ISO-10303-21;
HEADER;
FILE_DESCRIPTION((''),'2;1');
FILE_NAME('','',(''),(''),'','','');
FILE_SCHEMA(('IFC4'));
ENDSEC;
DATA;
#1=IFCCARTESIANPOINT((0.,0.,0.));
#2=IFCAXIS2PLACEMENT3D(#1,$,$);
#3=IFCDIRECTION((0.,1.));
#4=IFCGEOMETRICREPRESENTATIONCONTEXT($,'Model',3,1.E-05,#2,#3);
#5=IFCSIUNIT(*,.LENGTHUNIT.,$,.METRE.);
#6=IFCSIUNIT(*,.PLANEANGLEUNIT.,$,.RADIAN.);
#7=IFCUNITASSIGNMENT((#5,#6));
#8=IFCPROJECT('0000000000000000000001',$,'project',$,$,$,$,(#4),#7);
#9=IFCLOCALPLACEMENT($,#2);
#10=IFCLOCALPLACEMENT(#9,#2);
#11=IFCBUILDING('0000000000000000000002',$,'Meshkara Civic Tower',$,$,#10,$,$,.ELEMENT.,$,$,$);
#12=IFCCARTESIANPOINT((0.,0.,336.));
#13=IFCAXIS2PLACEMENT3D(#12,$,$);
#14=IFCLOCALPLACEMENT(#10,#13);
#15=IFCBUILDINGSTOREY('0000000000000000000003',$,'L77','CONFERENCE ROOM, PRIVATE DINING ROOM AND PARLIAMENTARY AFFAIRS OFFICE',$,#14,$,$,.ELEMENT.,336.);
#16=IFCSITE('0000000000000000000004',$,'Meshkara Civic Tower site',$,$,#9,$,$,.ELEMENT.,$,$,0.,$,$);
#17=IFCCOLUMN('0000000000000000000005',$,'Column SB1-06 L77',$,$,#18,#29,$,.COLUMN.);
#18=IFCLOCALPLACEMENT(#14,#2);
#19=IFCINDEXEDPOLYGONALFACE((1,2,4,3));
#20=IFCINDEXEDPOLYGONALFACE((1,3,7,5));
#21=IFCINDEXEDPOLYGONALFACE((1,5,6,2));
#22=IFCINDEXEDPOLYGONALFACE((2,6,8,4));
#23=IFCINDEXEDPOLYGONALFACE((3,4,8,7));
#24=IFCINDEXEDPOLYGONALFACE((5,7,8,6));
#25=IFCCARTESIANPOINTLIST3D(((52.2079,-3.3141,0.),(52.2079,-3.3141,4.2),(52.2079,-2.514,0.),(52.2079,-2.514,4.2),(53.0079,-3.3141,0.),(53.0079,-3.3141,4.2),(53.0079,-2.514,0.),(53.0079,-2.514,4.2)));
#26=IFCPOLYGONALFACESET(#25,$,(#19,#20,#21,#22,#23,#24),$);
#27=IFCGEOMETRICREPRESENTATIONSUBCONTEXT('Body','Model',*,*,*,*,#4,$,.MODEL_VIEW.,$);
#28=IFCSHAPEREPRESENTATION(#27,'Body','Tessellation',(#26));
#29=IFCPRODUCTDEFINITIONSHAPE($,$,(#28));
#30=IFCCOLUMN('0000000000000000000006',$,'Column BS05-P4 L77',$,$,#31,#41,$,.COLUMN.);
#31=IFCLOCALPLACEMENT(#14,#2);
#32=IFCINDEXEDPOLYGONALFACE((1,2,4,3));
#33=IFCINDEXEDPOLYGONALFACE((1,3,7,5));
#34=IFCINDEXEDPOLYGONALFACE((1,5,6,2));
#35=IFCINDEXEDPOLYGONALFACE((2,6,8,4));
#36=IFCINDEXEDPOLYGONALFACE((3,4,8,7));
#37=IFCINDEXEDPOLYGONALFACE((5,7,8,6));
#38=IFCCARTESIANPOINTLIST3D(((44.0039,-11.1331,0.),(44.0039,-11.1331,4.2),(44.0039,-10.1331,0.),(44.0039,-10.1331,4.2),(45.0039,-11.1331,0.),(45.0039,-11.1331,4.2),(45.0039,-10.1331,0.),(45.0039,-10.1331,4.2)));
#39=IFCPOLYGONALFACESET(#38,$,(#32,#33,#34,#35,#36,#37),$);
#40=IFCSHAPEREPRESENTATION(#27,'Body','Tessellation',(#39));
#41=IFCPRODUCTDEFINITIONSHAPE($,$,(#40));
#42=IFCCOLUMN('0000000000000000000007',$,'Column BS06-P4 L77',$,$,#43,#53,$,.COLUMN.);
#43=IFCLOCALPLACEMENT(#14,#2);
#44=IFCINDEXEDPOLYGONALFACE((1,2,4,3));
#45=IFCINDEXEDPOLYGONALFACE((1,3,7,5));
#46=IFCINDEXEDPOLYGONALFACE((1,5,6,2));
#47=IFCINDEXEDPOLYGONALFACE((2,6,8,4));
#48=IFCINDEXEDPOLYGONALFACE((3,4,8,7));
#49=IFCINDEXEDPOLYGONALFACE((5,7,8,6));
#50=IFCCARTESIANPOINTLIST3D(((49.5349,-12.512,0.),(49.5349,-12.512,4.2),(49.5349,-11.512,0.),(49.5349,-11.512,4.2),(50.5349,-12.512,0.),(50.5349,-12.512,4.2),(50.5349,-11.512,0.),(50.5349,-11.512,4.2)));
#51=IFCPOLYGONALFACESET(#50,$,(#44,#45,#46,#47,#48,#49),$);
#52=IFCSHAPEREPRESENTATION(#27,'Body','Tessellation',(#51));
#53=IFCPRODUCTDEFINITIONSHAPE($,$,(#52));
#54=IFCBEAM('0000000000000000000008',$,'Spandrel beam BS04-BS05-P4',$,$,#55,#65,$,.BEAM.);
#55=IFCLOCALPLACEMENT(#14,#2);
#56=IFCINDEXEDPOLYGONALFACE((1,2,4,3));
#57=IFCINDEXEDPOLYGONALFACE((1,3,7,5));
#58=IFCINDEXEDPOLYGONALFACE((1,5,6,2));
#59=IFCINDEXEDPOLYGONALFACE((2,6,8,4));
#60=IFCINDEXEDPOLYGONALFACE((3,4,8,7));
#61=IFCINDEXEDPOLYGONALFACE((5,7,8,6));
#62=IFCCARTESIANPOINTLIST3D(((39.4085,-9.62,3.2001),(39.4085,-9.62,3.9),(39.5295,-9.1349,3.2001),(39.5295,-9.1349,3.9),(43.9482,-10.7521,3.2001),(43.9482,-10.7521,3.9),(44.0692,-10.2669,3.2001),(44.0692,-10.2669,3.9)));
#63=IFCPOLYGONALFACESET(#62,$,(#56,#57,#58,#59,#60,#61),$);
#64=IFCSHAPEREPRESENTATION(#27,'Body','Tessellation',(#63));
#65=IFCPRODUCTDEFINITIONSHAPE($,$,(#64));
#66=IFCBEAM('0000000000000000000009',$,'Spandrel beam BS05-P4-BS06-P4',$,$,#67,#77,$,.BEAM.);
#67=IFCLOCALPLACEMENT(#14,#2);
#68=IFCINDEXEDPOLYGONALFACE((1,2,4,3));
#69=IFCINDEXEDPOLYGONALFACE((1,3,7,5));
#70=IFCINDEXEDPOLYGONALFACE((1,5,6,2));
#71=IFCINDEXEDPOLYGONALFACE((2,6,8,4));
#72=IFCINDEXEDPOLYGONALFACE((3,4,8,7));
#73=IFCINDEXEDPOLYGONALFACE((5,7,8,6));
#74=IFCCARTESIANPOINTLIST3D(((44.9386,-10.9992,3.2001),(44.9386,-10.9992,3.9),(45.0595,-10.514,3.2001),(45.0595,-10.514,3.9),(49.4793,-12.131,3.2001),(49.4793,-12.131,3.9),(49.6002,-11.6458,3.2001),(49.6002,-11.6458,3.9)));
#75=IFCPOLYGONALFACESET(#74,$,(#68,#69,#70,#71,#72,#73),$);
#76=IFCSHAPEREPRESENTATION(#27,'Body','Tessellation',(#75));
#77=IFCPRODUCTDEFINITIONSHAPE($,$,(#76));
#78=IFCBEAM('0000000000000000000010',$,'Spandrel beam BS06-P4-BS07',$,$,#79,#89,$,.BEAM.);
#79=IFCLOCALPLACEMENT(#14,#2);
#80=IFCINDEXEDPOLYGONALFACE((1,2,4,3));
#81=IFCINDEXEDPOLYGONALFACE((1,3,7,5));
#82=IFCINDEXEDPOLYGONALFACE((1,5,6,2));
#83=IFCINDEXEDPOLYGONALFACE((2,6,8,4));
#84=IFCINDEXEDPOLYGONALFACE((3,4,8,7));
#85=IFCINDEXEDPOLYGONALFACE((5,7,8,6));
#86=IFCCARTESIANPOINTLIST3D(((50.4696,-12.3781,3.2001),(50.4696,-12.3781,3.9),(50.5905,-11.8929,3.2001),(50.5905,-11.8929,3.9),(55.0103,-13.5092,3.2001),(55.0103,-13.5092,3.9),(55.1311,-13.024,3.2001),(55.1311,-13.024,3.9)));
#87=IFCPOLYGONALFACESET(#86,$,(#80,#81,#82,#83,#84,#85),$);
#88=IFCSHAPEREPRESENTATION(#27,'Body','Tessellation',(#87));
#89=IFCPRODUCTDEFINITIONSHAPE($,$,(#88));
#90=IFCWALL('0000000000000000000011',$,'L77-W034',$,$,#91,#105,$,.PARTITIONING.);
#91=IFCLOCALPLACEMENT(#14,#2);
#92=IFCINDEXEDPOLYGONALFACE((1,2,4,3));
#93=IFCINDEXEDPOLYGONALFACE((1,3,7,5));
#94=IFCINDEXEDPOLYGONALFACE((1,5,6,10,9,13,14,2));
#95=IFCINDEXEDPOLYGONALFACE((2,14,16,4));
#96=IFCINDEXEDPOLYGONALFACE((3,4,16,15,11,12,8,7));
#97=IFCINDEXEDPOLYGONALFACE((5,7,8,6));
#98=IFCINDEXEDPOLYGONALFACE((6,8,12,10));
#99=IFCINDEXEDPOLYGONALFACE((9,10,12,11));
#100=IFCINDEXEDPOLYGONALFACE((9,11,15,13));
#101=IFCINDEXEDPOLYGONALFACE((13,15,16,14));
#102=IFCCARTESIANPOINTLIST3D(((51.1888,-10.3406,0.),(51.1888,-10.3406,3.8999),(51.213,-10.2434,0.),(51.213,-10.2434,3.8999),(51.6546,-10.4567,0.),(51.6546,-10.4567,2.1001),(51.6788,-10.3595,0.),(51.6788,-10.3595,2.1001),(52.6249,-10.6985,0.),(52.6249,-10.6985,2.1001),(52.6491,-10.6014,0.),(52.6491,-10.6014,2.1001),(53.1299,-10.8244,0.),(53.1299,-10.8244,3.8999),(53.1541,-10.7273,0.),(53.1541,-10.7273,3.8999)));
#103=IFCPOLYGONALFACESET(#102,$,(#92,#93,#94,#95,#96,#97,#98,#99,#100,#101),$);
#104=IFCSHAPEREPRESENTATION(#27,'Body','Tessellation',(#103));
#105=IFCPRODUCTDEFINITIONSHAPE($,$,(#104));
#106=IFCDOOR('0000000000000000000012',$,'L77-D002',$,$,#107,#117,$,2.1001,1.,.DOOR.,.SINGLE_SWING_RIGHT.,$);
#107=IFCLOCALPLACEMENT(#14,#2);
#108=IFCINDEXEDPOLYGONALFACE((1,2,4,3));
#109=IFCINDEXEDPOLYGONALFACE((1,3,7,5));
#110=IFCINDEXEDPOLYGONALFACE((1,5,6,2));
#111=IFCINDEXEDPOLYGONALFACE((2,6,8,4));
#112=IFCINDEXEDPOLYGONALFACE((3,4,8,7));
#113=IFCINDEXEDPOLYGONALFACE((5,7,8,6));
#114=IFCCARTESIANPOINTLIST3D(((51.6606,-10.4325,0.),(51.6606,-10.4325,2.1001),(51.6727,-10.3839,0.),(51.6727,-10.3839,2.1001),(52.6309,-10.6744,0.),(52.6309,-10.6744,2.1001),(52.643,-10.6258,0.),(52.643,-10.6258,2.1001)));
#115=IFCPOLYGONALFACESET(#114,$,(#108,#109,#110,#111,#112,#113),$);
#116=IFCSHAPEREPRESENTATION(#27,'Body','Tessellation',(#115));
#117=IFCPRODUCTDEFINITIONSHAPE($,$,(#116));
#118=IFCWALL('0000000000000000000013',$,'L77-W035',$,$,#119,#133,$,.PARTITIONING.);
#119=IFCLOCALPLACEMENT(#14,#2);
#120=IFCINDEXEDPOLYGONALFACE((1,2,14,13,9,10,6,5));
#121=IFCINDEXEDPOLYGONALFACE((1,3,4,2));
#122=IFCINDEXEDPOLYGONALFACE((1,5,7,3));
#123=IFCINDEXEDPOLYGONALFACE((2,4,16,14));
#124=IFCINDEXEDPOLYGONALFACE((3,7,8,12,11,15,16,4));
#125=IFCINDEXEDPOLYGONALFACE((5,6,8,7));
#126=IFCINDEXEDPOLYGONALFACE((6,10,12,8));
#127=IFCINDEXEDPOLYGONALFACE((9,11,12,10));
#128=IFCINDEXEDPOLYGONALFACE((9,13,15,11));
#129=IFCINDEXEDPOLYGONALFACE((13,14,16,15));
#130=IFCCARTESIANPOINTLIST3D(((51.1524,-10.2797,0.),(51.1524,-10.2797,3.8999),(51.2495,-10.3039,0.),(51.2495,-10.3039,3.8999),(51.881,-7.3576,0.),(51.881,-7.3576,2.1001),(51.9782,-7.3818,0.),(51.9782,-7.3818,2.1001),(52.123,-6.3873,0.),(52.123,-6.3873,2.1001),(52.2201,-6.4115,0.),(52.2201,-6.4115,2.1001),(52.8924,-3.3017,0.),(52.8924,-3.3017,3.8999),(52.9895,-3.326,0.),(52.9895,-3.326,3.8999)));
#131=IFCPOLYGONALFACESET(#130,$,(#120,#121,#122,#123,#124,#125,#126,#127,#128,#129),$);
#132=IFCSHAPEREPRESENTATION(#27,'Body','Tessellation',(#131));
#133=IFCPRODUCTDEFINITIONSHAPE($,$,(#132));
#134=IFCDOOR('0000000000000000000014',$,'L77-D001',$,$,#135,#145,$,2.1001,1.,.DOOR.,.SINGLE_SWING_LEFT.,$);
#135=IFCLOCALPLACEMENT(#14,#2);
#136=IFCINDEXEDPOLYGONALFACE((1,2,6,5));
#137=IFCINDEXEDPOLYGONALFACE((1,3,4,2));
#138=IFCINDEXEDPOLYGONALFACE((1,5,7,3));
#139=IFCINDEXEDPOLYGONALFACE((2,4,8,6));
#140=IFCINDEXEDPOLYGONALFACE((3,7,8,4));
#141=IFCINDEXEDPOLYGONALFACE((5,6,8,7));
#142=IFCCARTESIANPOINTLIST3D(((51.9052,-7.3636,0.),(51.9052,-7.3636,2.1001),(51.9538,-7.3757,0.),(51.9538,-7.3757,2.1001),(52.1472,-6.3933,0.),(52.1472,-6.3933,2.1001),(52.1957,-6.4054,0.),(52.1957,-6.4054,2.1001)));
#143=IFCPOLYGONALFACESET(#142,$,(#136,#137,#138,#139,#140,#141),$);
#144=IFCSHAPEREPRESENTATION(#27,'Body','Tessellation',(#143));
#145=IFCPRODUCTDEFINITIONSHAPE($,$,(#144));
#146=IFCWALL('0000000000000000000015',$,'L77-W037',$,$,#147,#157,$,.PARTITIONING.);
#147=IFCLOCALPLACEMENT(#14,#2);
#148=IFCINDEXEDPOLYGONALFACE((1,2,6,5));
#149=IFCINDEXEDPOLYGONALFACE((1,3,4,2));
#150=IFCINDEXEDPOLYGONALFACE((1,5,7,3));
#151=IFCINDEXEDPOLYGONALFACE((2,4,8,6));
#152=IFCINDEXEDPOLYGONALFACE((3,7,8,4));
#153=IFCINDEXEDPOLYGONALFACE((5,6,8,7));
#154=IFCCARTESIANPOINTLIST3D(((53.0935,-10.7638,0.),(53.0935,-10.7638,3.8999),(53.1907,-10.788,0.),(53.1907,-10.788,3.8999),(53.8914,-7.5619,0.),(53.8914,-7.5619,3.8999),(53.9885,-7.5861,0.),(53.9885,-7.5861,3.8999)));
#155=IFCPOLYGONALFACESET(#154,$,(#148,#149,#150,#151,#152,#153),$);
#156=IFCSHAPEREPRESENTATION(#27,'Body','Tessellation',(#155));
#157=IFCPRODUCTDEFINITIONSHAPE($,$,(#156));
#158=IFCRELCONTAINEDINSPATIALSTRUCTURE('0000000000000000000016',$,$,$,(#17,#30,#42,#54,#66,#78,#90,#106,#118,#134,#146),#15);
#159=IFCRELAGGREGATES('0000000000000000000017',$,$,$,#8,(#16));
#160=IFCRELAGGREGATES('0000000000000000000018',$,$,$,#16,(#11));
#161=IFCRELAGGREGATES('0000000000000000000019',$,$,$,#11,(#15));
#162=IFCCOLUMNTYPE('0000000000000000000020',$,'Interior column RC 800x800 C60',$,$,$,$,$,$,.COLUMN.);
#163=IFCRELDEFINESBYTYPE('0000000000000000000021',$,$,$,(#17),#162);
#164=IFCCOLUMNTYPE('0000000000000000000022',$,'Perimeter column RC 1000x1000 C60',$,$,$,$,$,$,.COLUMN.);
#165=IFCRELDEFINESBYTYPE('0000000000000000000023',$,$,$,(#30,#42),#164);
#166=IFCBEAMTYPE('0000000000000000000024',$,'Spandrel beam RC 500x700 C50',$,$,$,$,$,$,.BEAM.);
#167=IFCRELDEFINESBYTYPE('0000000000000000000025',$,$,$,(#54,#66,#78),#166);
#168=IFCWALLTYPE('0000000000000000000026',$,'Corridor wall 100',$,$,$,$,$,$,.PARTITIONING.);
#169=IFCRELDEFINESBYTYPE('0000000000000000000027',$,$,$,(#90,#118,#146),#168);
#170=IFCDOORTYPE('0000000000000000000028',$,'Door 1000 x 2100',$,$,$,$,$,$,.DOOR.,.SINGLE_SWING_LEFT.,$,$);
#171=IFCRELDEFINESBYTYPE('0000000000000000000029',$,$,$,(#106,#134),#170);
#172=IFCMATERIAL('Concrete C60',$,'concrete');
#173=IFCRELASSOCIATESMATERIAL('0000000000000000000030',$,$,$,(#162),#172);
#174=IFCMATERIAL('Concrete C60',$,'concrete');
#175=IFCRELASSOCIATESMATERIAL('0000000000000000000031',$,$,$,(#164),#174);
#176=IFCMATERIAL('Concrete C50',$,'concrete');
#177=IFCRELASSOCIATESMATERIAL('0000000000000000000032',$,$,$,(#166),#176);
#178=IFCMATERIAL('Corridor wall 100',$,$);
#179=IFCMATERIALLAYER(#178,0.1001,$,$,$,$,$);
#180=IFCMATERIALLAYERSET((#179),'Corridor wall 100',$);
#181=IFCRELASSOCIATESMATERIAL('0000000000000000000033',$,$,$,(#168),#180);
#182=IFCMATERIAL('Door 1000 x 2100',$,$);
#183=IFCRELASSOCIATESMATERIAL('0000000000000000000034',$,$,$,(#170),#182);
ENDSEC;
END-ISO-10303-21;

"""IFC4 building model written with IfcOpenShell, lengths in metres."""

from ifc_helpers import new_model, si_unit, direction, frame, frame_2d, origin, origin_2d, place, context, subcontext, project, spatial, rectangle, extrude, material, layer, layer_set, material_profile, profile_set, type_object, element, fill, save


model = new_model("IFC4")

# Units and contexts
model_context = context("Model", 3, precision=1e-05, world=origin(), true_north=direction((0.0, 1.0)))
body_context = subcontext(model_context, "Body", "Model", "MODEL_VIEW")
ifc_project = project(units=[si_unit("LENGTHUNIT", "METRE"), si_unit("PLANEANGLEUNIT", "RADIAN")], contexts=[model_context])

# Site, building, storey
site_placement = place(None, origin())
site = spatial("IfcSite", under=ifc_project, at=site_placement, Name="Meshkara Civic Tower site", CompositionType="ELEMENT", RefElevation=0.0)
building_placement = place(site_placement, origin())
building = spatial("IfcBuilding", under=site, at=building_placement, Name="Meshkara Civic Tower", CompositionType="ELEMENT")
storey_placement = place(building_placement, frame((0.0, 0.0, 336.0)))
storey = spatial("IfcBuildingStorey", under=building, at=storey_placement, Name="L77", Description="CONFERENCE ROOM, PRIVATE DINING ROOM AND PARLIAMENTARY AFFAIRS OFFICE", CompositionType="ELEMENT", Elevation=336.0)

# Columns
ifc_material_1 = material(Name="Concrete C60", Category="concrete")
ifc_material_profile_1 = material_profile(ifc_material_1, rectangle(XDim=0.8, YDim=0.8, at=origin_2d()))
ifc_profile_set_1 = profile_set([ifc_material_profile_1], Name="Concrete C60")
column_type_1 = type_object("IfcColumnType", Name="Interior column RC 800x800 C60", PredefinedType="COLUMN", material=ifc_profile_set_1)
column_placement = place(storey_placement, frame((52.6079, -2.9141, 0.0), z_axis=(0.0, 0.0, 1.0), x_axis=(1.0, 0.0, 0.0)))
element("IfcColumn", 1, at=column_placement, inside=storey, type_object=column_type_1, Name="Column SB1-06 L77", PredefinedType="COLUMN", context=body_context, shape_type="SweptSolid", body=[
    extrude(rectangle(XDim=0.8, YDim=0.8, at=origin_2d()), origin(), (0.0, 0.0, 1.0), 4.2),
])
ifc_material_2 = material(Name="Concrete C60", Category="concrete")
ifc_material_profile_2 = material_profile(ifc_material_2, rectangle(XDim=1.0, YDim=1.0, at=origin_2d()))
ifc_profile_set_2 = profile_set([ifc_material_profile_2], Name="Concrete C60")
column_type_2 = type_object("IfcColumnType", Name="Perimeter column RC 1000x1000 C60", PredefinedType="COLUMN", material=ifc_profile_set_2)
for number, where, z_axis, x_axis, name in (
    (2, (44.5039, -10.6331, 0.0), (0.0, 0.0, 1.0), (1.0, 0.0, 0.0), "Column BS05-P4 L77"),
    (3, (50.0349, -12.012, 0.0), (0.0, 0.0, 1.0), (1.0, 0.0, 0.0), "Column BS06-P4 L77"),
):
    element("IfcColumn", number, at=place(storey_placement, frame(where, z_axis=z_axis, x_axis=x_axis)), inside=storey, type_object=column_type_2, Name=name, PredefinedType="COLUMN", context=body_context, shape_type="SweptSolid", body=[
        extrude(rectangle(XDim=1.0, YDim=1.0, at=origin_2d()), origin(), (0.0, 0.0, 1.0), 4.2),
    ])

# Beams
ifc_material_3 = material(Name="Concrete C50", Category="concrete")
ifc_material_profile_3 = material_profile(ifc_material_3, rectangle(XDim=0.5, YDim=0.7, at=origin_2d()))
ifc_profile_set_3 = profile_set([ifc_material_profile_3], Name="Concrete C50")
beam_type = type_object("IfcBeamType", Name="Spandrel beam RC 500x700 C50", PredefinedType="BEAM", material=ifc_profile_set_3)
beam_1_placement = place(storey_placement, frame((39.469, -9.3774, 3.55), z_axis=(0.970287, -0.241959, 0.0), x_axis=(0.241959, 0.970287, 0.0)))
element("IfcBeam", 4, at=beam_1_placement, inside=storey, type_object=beam_type, Name="Spandrel beam BS04-BS05-P4", PredefinedType="BEAM", context=body_context, shape_type="SweptSolid", body=[
    extrude(rectangle(XDim=0.5, YDim=0.7, at=origin_2d()), origin(), (0.0, 0.0, 1.0), 4.6787),
])
beam_2_placement = place(storey_placement, frame((44.999, -10.7566, 3.55), z_axis=(0.970311, -0.24186, 0.0), x_axis=(0.24186, 0.970311, 0.0)))
element("IfcBeam", 5, at=beam_2_placement, inside=storey, type_object=beam_type, Name="Spandrel beam BS05-P4-BS06-P4", PredefinedType="BEAM", context=body_context, shape_type="SweptSolid", body=[
    extrude(rectangle(XDim=0.5, YDim=0.7, at=origin_2d()), origin(), (0.0, 0.0, 1.0), 4.6797),
])
beam_3_placement = place(storey_placement, frame((50.53, -12.1355, 3.55), z_axis=(0.970348, -0.241713, 0.0), x_axis=(0.241713, 0.970348, 0.0)))
element("IfcBeam", 6, at=beam_3_placement, inside=storey, type_object=beam_type, Name="Spandrel beam BS06-P4-BS07", PredefinedType="BEAM", context=body_context, shape_type="SweptSolid", body=[
    extrude(rectangle(XDim=0.5, YDim=0.7, at=origin_2d()), origin(), (0.0, 0.0, 1.0), 4.6794),
])

# Walls, openings, doors
ifc_material_4 = material(Name="Corridor wall 100")
ifc_layer_1 = layer(ifc_material_4, 0.1001)
ifc_layer_set_1 = layer_set([ifc_layer_1], Name="Corridor wall 100")
wall_type_1 = type_object("IfcWallType", Name="Corridor wall 100", PredefinedType="PARTITIONING", material=ifc_layer_set_1)
wall_1_placement = place(storey_placement, frame((51.2009, -10.292, 0.0), z_axis=(0.0, 0.0, 1.0), x_axis=(0.970307, -0.241875, 0.0)))
wall_1 = element("IfcWall", 7, at=wall_1_placement, inside=storey, type_object=wall_type_1, Name="L77-W034", PredefinedType="PARTITIONING", context=body_context, shape_type="SweptSolid", body=[
    extrude(rectangle(XDim=2.0005, YDim=0.1001, at=frame_2d((1.0002, 0.0))), origin(), (0.0, 0.0, 1.0), 3.8999),
])
opening_1_placement = place(wall_1_placement, frame((0.48, 0.0, 0.0)))
opening_1 = element("IfcOpeningElement", 8, at=opening_1_placement, cuts=wall_1, PredefinedType="OPENING", context=body_context, shape_type="SweptSolid", body=[
    extrude(rectangle(XDim=1.0, YDim=2.1001, at=frame_2d((0.5, 1.05))), frame((0.0, 0.0601, 0.0), z_axis=(0.0, -1.0, 0.0), x_axis=(1.0, 0.0, 0.0)), (0.0, 0.0, 1.0), 0.1201),
])
ifc_material_5 = material(Name="Door 1000 x 2100")
door_type_1 = type_object("IfcDoorType", Name="Door 1000 x 2100", OperationType="SINGLE_SWING_LEFT", PredefinedType="DOOR", material=ifc_material_5)
door_1_placement = place(opening_1_placement, origin())
door_1 = element("IfcDoor", 9, at=door_1_placement, inside=storey, type_object=door_type_1, Name="L77-D002", OperationType="SINGLE_SWING_RIGHT", OverallHeight=2.1001, OverallWidth=1.0, PredefinedType="DOOR", context=body_context, shape_type="SweptSolid", body=[
    extrude(rectangle(XDim=1.0, YDim=2.1001, at=frame_2d((0.5, 1.05))), frame((0.0, 0.0249, 0.0), z_axis=(0.0, -1.0, 0.0), x_axis=(1.0, 0.0, 0.0)), (0.0, 0.0, 1.0), 0.05),
])
fill(opening_1, door_1)
wall_2_placement = place(storey_placement, frame((52.9409, -3.314, 0.0), z_axis=(0.0, 0.0, 1.0), x_axis=(-0.241944, -0.97029, 0.0)))
wall_2 = element("IfcWall", 10, at=wall_2_placement, inside=storey, type_object=wall_type_1, Name="L77-W035", PredefinedType="PARTITIONING", context=body_context, shape_type="SweptSolid", body=[
    extrude(rectangle(XDim=7.1917, YDim=0.1001, at=frame_2d((3.5957, 0.0))), origin(), (0.0, 0.0, 1.0), 3.8999),
])
opening_2_placement = place(wall_2_placement, frame((3.1799, 0.0, 0.0)))
opening_2 = element("IfcOpeningElement", 11, at=opening_2_placement, cuts=wall_2, PredefinedType="OPENING", context=body_context, shape_type="SweptSolid", body=[
    extrude(rectangle(XDim=1.0, YDim=2.1001, at=frame_2d((0.5, 1.05))), frame((0.0, 0.0601, 0.0), z_axis=(0.0, -1.0, 0.0), x_axis=(1.0, 0.0, 0.0)), (0.0, 0.0, 1.0), 0.1201),
])
door_2_placement = place(opening_2_placement, origin())
door_2 = element("IfcDoor", 12, at=door_2_placement, inside=storey, type_object=door_type_1, Name="L77-D001", OperationType="SINGLE_SWING_LEFT", OverallHeight=2.1001, OverallWidth=1.0, PredefinedType="DOOR", context=body_context, shape_type="SweptSolid", body=[
    extrude(rectangle(XDim=1.0, YDim=2.1001, at=frame_2d((0.5, 1.05))), frame((0.0, 0.0249, 0.0), z_axis=(0.0, -1.0, 0.0), x_axis=(1.0, 0.0, 0.0)), (0.0, 0.0, 1.0), 0.05),
])
fill(opening_2, door_2)

# Wall
wall_3_placement = place(storey_placement, frame((53.1421, -10.7759, 0.0), z_axis=(0.0, 0.0, 1.0), x_axis=(0.241787, 0.970329, 0.0)))
element("IfcWall", 13, at=wall_3_placement, inside=storey, type_object=wall_type_1, Name="L77-W037", PredefinedType="PARTITIONING", context=body_context, shape_type="SweptSolid", body=[
    extrude(rectangle(XDim=3.2998, YDim=0.1001, at=frame_2d((1.6499, 0.0))), origin(), (0.0, 0.0, 1.0), 3.8999),
])

save(model, "model.ifc")
